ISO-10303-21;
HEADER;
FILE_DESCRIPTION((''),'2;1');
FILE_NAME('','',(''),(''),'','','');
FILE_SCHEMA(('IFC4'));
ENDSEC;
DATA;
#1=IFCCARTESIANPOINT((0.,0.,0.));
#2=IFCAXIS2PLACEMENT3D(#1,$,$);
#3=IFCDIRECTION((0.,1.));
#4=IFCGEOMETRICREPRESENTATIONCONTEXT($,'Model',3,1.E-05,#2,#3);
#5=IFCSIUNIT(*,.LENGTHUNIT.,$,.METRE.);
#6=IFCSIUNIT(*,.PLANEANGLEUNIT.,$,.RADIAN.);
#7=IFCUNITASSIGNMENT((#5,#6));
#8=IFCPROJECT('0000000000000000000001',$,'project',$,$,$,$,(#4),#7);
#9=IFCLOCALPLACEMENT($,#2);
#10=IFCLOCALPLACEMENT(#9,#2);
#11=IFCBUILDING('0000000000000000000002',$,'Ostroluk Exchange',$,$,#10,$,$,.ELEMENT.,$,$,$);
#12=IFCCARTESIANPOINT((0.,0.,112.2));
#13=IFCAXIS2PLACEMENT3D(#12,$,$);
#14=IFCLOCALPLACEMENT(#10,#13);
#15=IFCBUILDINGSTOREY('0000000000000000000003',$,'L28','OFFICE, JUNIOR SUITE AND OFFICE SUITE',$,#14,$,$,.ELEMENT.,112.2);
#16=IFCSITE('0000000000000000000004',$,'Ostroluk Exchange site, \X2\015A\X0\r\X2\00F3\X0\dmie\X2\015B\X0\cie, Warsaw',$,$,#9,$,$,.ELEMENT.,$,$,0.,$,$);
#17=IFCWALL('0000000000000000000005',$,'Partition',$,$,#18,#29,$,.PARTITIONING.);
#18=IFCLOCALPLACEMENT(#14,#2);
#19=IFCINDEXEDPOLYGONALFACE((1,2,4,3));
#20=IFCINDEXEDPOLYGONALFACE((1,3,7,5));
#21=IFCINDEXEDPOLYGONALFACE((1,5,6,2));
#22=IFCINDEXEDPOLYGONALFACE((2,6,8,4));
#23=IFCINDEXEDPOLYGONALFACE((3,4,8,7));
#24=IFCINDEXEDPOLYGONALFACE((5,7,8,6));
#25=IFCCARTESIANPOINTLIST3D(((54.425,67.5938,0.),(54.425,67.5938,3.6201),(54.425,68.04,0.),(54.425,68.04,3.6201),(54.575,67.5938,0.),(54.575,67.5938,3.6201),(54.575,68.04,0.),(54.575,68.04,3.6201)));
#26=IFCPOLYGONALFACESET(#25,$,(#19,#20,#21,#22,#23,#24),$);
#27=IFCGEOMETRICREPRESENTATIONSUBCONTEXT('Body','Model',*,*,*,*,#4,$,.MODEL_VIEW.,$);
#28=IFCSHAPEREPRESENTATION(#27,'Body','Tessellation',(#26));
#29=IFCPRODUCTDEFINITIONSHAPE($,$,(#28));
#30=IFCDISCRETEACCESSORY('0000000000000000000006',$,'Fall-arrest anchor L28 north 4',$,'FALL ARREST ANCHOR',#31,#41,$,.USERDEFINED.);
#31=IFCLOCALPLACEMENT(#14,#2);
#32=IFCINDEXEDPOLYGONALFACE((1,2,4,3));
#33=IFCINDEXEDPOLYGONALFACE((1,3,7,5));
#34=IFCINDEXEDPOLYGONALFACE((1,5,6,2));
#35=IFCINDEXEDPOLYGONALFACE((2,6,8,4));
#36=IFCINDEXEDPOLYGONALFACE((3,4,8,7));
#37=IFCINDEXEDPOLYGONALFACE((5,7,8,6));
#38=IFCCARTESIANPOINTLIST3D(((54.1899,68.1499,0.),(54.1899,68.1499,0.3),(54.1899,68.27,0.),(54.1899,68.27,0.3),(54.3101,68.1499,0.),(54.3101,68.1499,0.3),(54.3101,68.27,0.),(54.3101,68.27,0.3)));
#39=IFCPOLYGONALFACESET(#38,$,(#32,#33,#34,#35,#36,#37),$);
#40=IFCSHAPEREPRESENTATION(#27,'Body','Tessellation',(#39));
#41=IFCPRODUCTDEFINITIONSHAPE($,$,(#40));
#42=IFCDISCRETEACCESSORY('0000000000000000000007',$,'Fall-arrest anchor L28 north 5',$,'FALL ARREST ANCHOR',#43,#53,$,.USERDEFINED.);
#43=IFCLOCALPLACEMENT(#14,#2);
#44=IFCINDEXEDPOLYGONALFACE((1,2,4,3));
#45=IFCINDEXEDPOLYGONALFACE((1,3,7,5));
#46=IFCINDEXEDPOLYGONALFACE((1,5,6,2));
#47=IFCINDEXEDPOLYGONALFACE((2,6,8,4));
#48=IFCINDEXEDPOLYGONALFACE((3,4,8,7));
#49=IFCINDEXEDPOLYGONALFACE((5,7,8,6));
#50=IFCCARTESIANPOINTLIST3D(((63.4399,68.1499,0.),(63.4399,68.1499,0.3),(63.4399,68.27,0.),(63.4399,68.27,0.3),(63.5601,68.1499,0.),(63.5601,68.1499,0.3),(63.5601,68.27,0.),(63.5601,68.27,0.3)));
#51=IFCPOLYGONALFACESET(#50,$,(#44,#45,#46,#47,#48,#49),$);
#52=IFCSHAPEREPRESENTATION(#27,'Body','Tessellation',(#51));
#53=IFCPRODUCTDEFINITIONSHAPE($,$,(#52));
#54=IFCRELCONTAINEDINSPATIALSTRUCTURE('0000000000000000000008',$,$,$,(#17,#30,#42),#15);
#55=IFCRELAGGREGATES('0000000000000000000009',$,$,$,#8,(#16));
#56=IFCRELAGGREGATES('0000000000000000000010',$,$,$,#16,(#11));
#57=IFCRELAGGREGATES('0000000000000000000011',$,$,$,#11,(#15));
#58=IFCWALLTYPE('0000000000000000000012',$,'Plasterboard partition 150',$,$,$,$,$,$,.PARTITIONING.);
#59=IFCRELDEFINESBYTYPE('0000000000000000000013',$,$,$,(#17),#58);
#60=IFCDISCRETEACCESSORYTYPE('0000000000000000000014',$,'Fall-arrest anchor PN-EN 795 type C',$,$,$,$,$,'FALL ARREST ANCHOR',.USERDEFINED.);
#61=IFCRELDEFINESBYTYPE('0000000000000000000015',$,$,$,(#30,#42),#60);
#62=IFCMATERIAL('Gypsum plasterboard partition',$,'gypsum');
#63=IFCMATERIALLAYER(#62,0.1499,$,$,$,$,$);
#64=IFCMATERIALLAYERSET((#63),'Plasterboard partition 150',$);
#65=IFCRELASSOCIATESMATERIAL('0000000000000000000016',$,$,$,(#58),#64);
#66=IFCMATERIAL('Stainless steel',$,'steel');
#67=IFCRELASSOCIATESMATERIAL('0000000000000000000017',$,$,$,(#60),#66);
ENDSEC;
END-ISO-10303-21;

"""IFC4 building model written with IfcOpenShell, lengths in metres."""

from ifc_helpers import new_model, si_unit, direction, frame, frame_2d, origin, origin_2d, place, context, subcontext, project, spatial, rectangle, extrude, material, layer, layer_set, type_object, element, save


model = new_model("IFC4")

# Units and contexts
model_context = context("Model", 3, precision=1e-05, world=origin(), true_north=direction((0.0, 1.0)))
body_context = subcontext(model_context, "Body", "Model", "MODEL_VIEW")
ifc_project = project(units=[si_unit("LENGTHUNIT", "METRE"), si_unit("PLANEANGLEUNIT", "RADIAN")], contexts=[model_context])

# Site, building, storey
site_placement = place(None, origin())
site = spatial("IfcSite", under=ifc_project, at=site_placement, Name="Ostroluk Exchange site, Śródmieście, Warsaw", CompositionType="ELEMENT", RefElevation=0.0)
building_placement = place(site_placement, origin())
building = spatial("IfcBuilding", under=site, at=building_placement, Name="Ostroluk Exchange", CompositionType="ELEMENT")
storey_placement = place(building_placement, frame((0.0, 0.0, 112.2)))
storey = spatial("IfcBuildingStorey", under=building, at=storey_placement, Name="L28", Description="OFFICE, JUNIOR SUITE AND OFFICE SUITE", CompositionType="ELEMENT", Elevation=112.2)

# Shared definitions
ifc_material_1 = material(Name="Gypsum plasterboard partition", Category="gypsum")
ifc_layer_1 = layer(ifc_material_1, 0.1499)
ifc_layer_set_1 = layer_set([ifc_layer_1], Name="Plasterboard partition 150")
wall_type_1 = type_object("IfcWallType", Name="Plasterboard partition 150", PredefinedType="PARTITIONING", material=ifc_layer_set_1)

# Wall
wall_1_placement = place(storey_placement, frame((54.5, 67.5938, 0.0), z_axis=(0.0, 0.0, 1.0), x_axis=(0.0, 1.0, 0.0)))
element("IfcWall", 1, at=wall_1_placement, inside=storey, type_object=wall_type_1, Name="Partition", PredefinedType="PARTITIONING", context=body_context, shape_type="SweptSolid", body=[
    extrude(rectangle(XDim=0.4463, YDim=0.1499, at=frame_2d((0.2231, 0.0))), origin(), (0.0, 0.0, 1.0), 3.6201),
])

# Discrete accessories
ifc_material_2 = material(Name="Stainless steel", Category="steel")
discrete_accessory_type = type_object("IfcDiscreteAccessoryType", Name="Fall-arrest anchor PN-EN 795 type C", ElementType="FALL ARREST ANCHOR", PredefinedType="USERDEFINED", material=ifc_material_2)
for number, where, z_axis, x_axis, name in (
    (2, (54.25, 68.21, 0.0), (0.0, 0.0, 1.0), (1.0, 0.0, 0.0), "Fall-arrest anchor L28 north 4"),
    (3, (63.5, 68.21, 0.0), (0.0, 0.0, 1.0), (1.0, 0.0, 0.0), "Fall-arrest anchor L28 north 5"),
):
    element("IfcDiscreteAccessory", number, at=place(storey_placement, frame(where, z_axis=z_axis, x_axis=x_axis)), inside=storey, type_object=discrete_accessory_type, Name=name, ObjectType="FALL ARREST ANCHOR", PredefinedType="USERDEFINED", context=body_context, shape_type="SweptSolid", body=[
        extrude(rectangle(XDim=0.1201, YDim=0.1201, at=origin_2d()), origin(), (0.0, 0.0, 1.0), 0.3),
    ])

save(model, "model.ifc")
